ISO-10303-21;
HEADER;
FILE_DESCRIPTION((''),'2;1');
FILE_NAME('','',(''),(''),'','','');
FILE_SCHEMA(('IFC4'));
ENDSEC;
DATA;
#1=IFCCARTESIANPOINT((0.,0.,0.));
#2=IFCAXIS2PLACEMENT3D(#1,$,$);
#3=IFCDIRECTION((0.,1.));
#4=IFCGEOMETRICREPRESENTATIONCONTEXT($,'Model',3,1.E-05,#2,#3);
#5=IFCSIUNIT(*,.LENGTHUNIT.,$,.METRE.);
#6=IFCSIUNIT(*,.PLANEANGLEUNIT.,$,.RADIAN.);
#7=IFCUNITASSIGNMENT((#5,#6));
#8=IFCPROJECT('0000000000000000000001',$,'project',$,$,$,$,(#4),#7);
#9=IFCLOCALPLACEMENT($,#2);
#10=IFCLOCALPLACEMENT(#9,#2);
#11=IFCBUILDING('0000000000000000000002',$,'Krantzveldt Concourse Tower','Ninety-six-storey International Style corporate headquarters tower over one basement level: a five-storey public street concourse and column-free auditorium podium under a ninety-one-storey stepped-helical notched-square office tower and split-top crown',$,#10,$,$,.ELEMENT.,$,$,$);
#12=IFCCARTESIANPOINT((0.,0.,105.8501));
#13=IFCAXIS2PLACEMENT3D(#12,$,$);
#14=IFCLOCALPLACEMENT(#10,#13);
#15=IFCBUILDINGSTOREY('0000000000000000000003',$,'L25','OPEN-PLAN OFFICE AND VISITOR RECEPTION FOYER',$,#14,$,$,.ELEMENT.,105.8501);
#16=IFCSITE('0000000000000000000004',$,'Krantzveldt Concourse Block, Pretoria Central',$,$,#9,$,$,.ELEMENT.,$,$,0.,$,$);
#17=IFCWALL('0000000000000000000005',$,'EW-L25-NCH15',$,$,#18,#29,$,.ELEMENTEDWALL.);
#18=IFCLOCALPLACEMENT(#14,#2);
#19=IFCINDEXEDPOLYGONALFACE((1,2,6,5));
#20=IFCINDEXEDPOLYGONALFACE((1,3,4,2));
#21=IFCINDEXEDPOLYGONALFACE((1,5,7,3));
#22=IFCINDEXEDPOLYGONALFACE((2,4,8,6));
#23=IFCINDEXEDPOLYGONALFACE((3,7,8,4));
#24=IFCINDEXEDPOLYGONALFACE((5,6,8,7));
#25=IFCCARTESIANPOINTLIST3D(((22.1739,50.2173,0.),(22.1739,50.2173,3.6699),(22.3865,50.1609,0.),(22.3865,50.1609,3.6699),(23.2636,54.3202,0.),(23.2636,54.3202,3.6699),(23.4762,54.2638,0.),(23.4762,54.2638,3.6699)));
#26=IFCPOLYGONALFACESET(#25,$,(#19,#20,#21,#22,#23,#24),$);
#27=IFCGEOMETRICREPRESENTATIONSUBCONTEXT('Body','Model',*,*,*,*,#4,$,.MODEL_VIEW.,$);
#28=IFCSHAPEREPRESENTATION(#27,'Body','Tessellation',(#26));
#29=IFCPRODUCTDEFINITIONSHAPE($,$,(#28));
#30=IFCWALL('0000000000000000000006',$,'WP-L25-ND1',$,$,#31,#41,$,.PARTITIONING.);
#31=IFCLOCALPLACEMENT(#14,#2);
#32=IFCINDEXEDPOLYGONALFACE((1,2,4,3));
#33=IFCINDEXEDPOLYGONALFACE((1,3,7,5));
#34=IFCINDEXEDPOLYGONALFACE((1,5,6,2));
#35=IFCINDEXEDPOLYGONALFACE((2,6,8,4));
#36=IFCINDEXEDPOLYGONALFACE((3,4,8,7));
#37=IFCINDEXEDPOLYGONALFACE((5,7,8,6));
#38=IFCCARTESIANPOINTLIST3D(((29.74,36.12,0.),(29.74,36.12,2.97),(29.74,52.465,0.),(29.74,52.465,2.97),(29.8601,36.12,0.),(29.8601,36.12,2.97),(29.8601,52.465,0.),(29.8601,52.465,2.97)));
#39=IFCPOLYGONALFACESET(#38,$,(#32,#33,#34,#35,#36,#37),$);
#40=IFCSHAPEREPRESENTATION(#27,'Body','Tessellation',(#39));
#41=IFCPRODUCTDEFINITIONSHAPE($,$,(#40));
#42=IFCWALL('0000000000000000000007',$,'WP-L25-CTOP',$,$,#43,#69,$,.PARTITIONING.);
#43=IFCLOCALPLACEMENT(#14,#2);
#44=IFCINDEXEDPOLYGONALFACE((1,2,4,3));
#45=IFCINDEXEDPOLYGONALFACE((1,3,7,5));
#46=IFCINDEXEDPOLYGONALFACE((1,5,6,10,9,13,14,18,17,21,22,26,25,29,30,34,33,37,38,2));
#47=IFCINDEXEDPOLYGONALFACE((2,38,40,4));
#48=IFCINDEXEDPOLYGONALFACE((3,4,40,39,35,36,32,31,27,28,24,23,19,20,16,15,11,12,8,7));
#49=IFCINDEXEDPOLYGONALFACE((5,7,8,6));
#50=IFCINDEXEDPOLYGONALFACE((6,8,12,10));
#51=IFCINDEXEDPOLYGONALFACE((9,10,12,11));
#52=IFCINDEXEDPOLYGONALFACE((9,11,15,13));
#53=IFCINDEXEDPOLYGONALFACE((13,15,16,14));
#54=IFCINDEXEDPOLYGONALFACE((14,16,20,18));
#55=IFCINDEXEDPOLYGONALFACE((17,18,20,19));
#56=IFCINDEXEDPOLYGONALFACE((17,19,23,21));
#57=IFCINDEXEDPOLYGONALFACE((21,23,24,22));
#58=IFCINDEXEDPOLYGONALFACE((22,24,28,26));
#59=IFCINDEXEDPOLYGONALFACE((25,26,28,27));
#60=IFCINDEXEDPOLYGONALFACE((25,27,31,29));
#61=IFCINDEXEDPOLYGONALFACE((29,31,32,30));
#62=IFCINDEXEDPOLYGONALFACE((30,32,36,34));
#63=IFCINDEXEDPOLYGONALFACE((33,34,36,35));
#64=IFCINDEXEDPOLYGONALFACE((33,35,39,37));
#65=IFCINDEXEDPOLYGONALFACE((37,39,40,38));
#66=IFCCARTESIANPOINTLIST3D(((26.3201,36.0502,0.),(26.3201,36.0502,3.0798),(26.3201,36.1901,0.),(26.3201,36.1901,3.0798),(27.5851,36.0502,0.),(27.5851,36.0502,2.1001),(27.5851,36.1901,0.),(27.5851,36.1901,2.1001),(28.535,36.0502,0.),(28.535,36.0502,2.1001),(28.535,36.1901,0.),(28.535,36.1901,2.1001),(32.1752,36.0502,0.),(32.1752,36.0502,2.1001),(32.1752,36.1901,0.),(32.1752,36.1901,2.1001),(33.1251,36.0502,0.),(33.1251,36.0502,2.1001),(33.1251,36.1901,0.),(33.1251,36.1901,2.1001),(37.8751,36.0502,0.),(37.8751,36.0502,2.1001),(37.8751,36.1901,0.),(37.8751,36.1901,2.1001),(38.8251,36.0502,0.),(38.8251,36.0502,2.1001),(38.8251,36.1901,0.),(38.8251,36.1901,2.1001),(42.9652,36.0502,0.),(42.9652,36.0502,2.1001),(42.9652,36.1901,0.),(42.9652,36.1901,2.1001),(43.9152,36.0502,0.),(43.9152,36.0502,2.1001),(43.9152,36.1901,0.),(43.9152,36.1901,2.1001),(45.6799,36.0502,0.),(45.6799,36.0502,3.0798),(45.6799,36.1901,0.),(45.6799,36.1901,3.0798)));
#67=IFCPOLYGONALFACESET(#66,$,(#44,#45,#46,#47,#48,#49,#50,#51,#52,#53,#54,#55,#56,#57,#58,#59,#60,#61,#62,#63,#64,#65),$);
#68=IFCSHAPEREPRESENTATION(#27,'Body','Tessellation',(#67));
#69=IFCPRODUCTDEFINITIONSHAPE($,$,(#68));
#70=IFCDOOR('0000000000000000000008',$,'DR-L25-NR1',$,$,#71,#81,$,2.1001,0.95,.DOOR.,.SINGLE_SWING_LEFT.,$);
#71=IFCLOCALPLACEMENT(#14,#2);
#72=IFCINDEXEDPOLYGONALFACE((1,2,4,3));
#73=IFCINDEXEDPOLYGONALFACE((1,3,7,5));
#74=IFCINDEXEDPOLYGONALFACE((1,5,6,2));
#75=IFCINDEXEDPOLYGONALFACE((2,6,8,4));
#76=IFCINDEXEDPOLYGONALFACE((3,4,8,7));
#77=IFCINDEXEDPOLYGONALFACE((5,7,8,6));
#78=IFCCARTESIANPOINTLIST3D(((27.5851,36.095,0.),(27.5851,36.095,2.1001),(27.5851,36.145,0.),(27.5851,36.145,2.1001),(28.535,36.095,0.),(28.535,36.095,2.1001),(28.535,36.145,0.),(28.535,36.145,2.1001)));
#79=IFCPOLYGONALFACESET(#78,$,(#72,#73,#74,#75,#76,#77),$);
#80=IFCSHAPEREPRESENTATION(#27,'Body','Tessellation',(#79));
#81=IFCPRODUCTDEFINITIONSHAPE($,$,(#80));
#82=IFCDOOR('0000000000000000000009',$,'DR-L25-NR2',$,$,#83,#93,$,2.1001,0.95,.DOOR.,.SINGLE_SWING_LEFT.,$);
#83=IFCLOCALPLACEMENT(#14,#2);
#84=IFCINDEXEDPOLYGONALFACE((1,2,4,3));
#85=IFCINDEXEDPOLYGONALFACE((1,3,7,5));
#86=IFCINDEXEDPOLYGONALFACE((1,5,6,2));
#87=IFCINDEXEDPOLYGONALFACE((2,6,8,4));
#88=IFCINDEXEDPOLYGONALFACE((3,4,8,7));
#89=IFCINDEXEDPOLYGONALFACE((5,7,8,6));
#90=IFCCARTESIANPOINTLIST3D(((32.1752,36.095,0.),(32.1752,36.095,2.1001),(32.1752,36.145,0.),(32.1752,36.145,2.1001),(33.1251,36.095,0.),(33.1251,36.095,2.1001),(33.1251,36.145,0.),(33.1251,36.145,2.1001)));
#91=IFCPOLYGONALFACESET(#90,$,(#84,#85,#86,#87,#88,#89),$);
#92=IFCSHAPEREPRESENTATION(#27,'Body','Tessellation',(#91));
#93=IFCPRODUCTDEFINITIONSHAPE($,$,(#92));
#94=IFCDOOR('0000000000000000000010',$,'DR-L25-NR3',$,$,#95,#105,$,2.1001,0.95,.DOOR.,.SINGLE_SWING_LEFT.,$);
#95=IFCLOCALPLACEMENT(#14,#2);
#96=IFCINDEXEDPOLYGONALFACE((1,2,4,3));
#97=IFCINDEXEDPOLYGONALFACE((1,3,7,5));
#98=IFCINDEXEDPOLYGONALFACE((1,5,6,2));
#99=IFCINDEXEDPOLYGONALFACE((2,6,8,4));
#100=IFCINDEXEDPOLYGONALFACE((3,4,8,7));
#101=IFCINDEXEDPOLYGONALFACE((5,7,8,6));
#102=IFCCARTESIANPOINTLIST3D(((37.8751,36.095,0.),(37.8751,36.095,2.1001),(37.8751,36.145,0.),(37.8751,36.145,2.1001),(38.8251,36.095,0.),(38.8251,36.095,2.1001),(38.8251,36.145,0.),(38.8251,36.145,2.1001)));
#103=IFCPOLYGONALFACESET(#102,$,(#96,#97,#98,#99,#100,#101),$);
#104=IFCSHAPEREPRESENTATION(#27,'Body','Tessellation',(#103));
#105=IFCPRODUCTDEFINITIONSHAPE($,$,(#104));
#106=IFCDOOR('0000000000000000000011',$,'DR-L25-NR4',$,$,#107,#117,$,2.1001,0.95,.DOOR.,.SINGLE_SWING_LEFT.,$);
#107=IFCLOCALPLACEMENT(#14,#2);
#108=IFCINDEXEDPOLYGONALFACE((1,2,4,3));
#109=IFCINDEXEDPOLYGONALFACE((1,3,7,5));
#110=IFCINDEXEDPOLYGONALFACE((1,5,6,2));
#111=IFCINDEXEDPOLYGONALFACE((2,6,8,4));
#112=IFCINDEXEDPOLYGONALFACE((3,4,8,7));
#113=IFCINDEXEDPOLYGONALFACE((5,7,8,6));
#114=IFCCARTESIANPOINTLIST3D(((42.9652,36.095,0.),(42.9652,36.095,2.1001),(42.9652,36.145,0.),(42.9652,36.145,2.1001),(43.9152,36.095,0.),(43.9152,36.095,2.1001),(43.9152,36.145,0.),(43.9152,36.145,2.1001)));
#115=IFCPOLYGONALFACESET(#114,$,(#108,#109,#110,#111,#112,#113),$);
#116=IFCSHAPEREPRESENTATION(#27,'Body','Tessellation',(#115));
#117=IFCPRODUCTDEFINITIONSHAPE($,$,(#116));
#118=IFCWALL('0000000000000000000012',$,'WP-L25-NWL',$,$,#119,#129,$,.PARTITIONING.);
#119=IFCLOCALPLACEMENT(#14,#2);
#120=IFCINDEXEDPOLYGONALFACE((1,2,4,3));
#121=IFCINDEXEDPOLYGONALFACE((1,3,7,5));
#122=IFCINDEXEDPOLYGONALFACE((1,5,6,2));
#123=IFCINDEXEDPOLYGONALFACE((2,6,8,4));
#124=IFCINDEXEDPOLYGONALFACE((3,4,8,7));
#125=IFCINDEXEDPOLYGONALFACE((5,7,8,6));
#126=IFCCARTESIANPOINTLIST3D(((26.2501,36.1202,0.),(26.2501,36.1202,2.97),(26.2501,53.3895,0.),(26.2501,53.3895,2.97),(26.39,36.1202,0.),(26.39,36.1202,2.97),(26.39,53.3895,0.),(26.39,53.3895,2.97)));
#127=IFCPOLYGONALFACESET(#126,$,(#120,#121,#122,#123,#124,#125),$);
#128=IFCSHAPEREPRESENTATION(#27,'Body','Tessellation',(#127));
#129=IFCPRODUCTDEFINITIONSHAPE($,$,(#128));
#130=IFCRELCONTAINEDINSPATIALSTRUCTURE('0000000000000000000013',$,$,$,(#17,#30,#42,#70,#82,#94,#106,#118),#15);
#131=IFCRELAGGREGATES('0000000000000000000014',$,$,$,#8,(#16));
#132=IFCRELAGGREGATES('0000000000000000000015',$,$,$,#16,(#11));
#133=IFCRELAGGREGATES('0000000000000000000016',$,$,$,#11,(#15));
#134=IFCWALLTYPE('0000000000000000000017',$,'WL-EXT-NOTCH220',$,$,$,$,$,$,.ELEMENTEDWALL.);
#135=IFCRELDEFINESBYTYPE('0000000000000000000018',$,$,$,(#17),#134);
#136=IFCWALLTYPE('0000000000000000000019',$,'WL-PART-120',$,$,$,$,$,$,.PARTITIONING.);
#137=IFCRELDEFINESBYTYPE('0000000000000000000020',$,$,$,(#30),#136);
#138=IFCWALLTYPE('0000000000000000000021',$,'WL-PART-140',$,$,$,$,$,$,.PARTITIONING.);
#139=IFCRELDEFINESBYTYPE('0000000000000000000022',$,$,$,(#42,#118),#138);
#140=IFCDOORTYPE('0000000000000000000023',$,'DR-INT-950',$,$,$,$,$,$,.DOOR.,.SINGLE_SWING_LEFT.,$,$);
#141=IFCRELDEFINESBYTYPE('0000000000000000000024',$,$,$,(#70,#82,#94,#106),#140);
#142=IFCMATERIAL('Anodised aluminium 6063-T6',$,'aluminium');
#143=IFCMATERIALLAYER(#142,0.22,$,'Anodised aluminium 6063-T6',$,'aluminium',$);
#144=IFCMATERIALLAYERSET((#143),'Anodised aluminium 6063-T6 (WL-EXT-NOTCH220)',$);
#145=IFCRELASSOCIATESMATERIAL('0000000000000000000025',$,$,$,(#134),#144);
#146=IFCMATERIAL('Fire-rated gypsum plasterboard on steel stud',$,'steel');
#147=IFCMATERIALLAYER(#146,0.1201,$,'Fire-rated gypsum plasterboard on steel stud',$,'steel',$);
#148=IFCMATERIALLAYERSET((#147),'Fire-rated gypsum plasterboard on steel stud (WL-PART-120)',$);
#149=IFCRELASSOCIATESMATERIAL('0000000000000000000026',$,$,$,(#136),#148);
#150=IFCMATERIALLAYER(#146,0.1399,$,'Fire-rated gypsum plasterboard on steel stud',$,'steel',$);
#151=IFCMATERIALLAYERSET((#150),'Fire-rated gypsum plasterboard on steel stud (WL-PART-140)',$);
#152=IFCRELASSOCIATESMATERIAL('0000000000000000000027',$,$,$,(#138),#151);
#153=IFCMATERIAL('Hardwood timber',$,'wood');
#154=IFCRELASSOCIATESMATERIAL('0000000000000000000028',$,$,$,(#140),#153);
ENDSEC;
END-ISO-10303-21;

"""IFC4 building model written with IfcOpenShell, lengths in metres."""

from ifc_helpers import new_model, si_unit, direction, frame, frame_2d, origin, place, context, subcontext, project, spatial, rectangle, extrude, material, layer, layer_set, type_object, element, fill, save


model = new_model("IFC4")

# Units and contexts
model_context = context("Model", 3, precision=1e-05, world=origin(), true_north=direction((0.0, 1.0)))
body_context = subcontext(model_context, "Body", "Model", "MODEL_VIEW")
ifc_project = project(units=[si_unit("LENGTHUNIT", "METRE"), si_unit("PLANEANGLEUNIT", "RADIAN")], contexts=[model_context])

# Site, building, storey
site_placement = place(None, origin())
site = spatial("IfcSite", under=ifc_project, at=site_placement, Name="Krantzveldt Concourse Block, Pretoria Central", CompositionType="ELEMENT", RefElevation=0.0)
building_placement = place(site_placement, origin())
building = spatial("IfcBuilding", under=site, at=building_placement, Name="Krantzveldt Concourse Tower", Description="Ninety-six-storey International Style corporate headquarters tower over one basement level: a five-storey public street concourse and column-free auditorium podium under a ninety-one-storey stepped-helical notched-square office tower and split-top crown", CompositionType="ELEMENT")
storey_placement = place(building_placement, frame((0.0, 0.0, 105.8501)))
storey = spatial("IfcBuildingStorey", under=building, at=storey_placement, Name="L25", Description="OPEN-PLAN OFFICE AND VISITOR RECEPTION FOYER", CompositionType="ELEMENT", Elevation=105.8501)

# Shared definitions
ifc_material_1 = material(Name="Anodised aluminium 6063-T6", Category="aluminium")

# Walls
ifc_layer_1 = layer(ifc_material_1, 0.22, Name="Anodised aluminium 6063-T6", Category="aluminium")
ifc_layer_set_1 = layer_set([ifc_layer_1], Name="Anodised aluminium 6063-T6 (WL-EXT-NOTCH220)")
wall_type_1 = type_object("IfcWallType", Name="WL-EXT-NOTCH220", PredefinedType="ELEMENTEDWALL", material=ifc_layer_set_1)
wall_1_placement = place(storey_placement, frame((23.3699, 54.292, 0.0), z_axis=(0.0, 0.0, 1.0), x_axis=(-0.256678, -0.966497, 0.0)))
element("IfcWall", 1, at=wall_1_placement, inside=storey, type_object=wall_type_1, Name="EW-L25-NCH15", PredefinedType="ELEMENTEDWALL", context=body_context, shape_type="SweptSolid", body=[
    extrude(rectangle(XDim=4.2451, YDim=0.22, at=frame_2d((2.1226, 0.0))), origin(), (0.0, 0.0, 1.0), 3.6699),
])
ifc_material_2 = material(Name="Fire-rated gypsum plasterboard on steel stud", Category="steel")
ifc_layer_2 = layer(ifc_material_2, 0.1201, Name="Fire-rated gypsum plasterboard on steel stud", Category="steel")
ifc_layer_set_2 = layer_set([ifc_layer_2], Name="Fire-rated gypsum plasterboard on steel stud (WL-PART-120)")
wall_type_2 = type_object("IfcWallType", Name="WL-PART-120", PredefinedType="PARTITIONING", material=ifc_layer_set_2)
wall_2_placement = place(storey_placement, frame((29.8, 36.1201, 0.0), z_axis=(0.0, 0.0, 1.0), x_axis=(0.0, 1.0, 0.0)))
element("IfcWall", 2, at=wall_2_placement, inside=storey, type_object=wall_type_2, Name="WP-L25-ND1", PredefinedType="PARTITIONING", context=body_context, shape_type="SweptSolid", body=[
    extrude(rectangle(XDim=16.345, YDim=0.1201, at=frame_2d((8.1724, 0.0))), origin(), (0.0, 0.0, 1.0), 2.97),
])

# Wall, openings, doors
ifc_layer_3 = layer(ifc_material_2, 0.1399, Name="Fire-rated gypsum plasterboard on steel stud", Category="steel")
ifc_layer_set_3 = layer_set([ifc_layer_3], Name="Fire-rated gypsum plasterboard on steel stud (WL-PART-140)")
wall_type_3 = type_object("IfcWallType", Name="WL-PART-140", PredefinedType="PARTITIONING", material=ifc_layer_set_3)
wall_3_placement = place(storey_placement, frame((26.3201, 36.1201, 0.0), z_axis=(0.0, 0.0, 1.0), x_axis=(1.0, 0.0, 0.0)))
wall_3 = element("IfcWall", 3, at=wall_3_placement, inside=storey, type_object=wall_type_3, Name="WP-L25-CTOP", PredefinedType="PARTITIONING", context=body_context, shape_type="SweptSolid", body=[
    extrude(rectangle(XDim=19.3599, YDim=0.1399, at=frame_2d((9.6799, 0.0))), origin(), (0.0, 0.0, 1.0), 3.0798),
])
opening_1_placement = place(wall_3_placement, frame((1.2649, 0.0, 0.0)))
opening_1 = element("IfcOpeningElement", 4, at=opening_1_placement, cuts=wall_3, PredefinedType="OPENING", context=body_context, shape_type="SweptSolid", body=[
    extrude(rectangle(XDim=0.95, YDim=2.1001, at=frame_2d((0.4751, 1.05))), frame((0.0, 0.0801, 0.0), z_axis=(0.0, -1.0, 0.0), x_axis=(1.0, 0.0, 0.0)), (0.0, 0.0, 1.0), 0.1599),
])
opening_2_placement = place(wall_3_placement, frame((5.855, 0.0, 0.0)))
opening_2 = element("IfcOpeningElement", 5, at=opening_2_placement, cuts=wall_3, PredefinedType="OPENING", context=body_context, shape_type="SweptSolid", body=[
    extrude(rectangle(XDim=0.95, YDim=2.1001, at=frame_2d((0.4751, 1.05))), frame((0.0, 0.0801, 0.0), z_axis=(0.0, -1.0, 0.0), x_axis=(1.0, 0.0, 0.0)), (0.0, 0.0, 1.0), 0.1599),
])
opening_3_placement = place(wall_3_placement, frame((11.5549, 0.0, 0.0)))
opening_3 = element("IfcOpeningElement", 6, at=opening_3_placement, cuts=wall_3, PredefinedType="OPENING", context=body_context, shape_type="SweptSolid", body=[
    extrude(rectangle(XDim=0.95, YDim=2.1001, at=frame_2d((0.4751, 1.05))), frame((0.0, 0.0801, 0.0), z_axis=(0.0, -1.0, 0.0), x_axis=(1.0, 0.0, 0.0)), (0.0, 0.0, 1.0), 0.1599),
])
opening_4_placement = place(wall_3_placement, frame((16.645, 0.0, 0.0)))
opening_4 = element("IfcOpeningElement", 7, at=opening_4_placement, cuts=wall_3, PredefinedType="OPENING", context=body_context, shape_type="SweptSolid", body=[
    extrude(rectangle(XDim=0.95, YDim=2.1001, at=frame_2d((0.4751, 1.05))), frame((0.0, 0.0801, 0.0), z_axis=(0.0, -1.0, 0.0), x_axis=(1.0, 0.0, 0.0)), (0.0, 0.0, 1.0), 0.1599),
])
ifc_material_3 = material(Name="Hardwood timber", Category="wood")
door_type = type_object("IfcDoorType", Name="DR-INT-950", OperationType="SINGLE_SWING_LEFT", PredefinedType="DOOR", material=ifc_material_3)
door_1_placement = place(opening_1_placement, origin())
door_1 = element("IfcDoor", 8, at=door_1_placement, inside=storey, type_object=door_type, Name="DR-L25-NR1", OperationType="SINGLE_SWING_LEFT", OverallHeight=2.1001, OverallWidth=0.95, PredefinedType="DOOR", context=body_context, shape_type="SweptSolid", body=[
    extrude(rectangle(XDim=0.95, YDim=2.1001, at=frame_2d((0.4751, 1.05))), frame((0.0, 0.0249, 0.0), z_axis=(0.0, -1.0, 0.0), x_axis=(1.0, 0.0, 0.0)), (0.0, 0.0, 1.0), 0.05),
])
fill(opening_1, door_1)
door_2_placement = place(opening_2_placement, origin())
door_2 = element("IfcDoor", 9, at=door_2_placement, inside=storey, type_object=door_type, Name="DR-L25-NR2", OperationType="SINGLE_SWING_LEFT", OverallHeight=2.1001, OverallWidth=0.95, PredefinedType="DOOR", context=body_context, shape_type="SweptSolid", body=[
    extrude(rectangle(XDim=0.95, YDim=2.1001, at=frame_2d((0.4751, 1.05))), frame((0.0, 0.0249, 0.0), z_axis=(0.0, -1.0, 0.0), x_axis=(1.0, 0.0, 0.0)), (0.0, 0.0, 1.0), 0.05),
])
fill(opening_2, door_2)
door_3_placement = place(opening_3_placement, origin())
door_3 = element("IfcDoor", 10, at=door_3_placement, inside=storey, type_object=door_type, Name="DR-L25-NR3", OperationType="SINGLE_SWING_LEFT", OverallHeight=2.1001, OverallWidth=0.95, PredefinedType="DOOR", context=body_context, shape_type="SweptSolid", body=[
    extrude(rectangle(XDim=0.95, YDim=2.1001, at=frame_2d((0.4751, 1.05))), frame((0.0, 0.0249, 0.0), z_axis=(0.0, -1.0, 0.0), x_axis=(1.0, 0.0, 0.0)), (0.0, 0.0, 1.0), 0.05),
])
fill(opening_3, door_3)
door_4_placement = place(opening_4_placement, origin())
door_4 = element("IfcDoor", 11, at=door_4_placement, inside=storey, type_object=door_type, Name="DR-L25-NR4", OperationType="SINGLE_SWING_LEFT", OverallHeight=2.1001, OverallWidth=0.95, PredefinedType="DOOR", context=body_context, shape_type="SweptSolid", body=[
    extrude(rectangle(XDim=0.95, YDim=2.1001, at=frame_2d((0.4751, 1.05))), frame((0.0, 0.0249, 0.0), z_axis=(0.0, -1.0, 0.0), x_axis=(1.0, 0.0, 0.0)), (0.0, 0.0, 1.0), 0.05),
])
fill(opening_4, door_4)

# Wall
wall_4_placement = place(storey_placement, frame((26.3201, 36.1201, 0.0), z_axis=(0.0, 0.0, 1.0), x_axis=(0.0, 1.0, 0.0)))
element("IfcWall", 12, at=wall_4_placement, inside=storey, type_object=wall_type_3, Name="WP-L25-NWL", PredefinedType="PARTITIONING", context=body_context, shape_type="SweptSolid", body=[
    extrude(rectangle(XDim=17.2693, YDim=0.1399, at=frame_2d((8.6348, 0.0))), origin(), (0.0, 0.0, 1.0), 2.97),
])

save(model, "model.ifc")
